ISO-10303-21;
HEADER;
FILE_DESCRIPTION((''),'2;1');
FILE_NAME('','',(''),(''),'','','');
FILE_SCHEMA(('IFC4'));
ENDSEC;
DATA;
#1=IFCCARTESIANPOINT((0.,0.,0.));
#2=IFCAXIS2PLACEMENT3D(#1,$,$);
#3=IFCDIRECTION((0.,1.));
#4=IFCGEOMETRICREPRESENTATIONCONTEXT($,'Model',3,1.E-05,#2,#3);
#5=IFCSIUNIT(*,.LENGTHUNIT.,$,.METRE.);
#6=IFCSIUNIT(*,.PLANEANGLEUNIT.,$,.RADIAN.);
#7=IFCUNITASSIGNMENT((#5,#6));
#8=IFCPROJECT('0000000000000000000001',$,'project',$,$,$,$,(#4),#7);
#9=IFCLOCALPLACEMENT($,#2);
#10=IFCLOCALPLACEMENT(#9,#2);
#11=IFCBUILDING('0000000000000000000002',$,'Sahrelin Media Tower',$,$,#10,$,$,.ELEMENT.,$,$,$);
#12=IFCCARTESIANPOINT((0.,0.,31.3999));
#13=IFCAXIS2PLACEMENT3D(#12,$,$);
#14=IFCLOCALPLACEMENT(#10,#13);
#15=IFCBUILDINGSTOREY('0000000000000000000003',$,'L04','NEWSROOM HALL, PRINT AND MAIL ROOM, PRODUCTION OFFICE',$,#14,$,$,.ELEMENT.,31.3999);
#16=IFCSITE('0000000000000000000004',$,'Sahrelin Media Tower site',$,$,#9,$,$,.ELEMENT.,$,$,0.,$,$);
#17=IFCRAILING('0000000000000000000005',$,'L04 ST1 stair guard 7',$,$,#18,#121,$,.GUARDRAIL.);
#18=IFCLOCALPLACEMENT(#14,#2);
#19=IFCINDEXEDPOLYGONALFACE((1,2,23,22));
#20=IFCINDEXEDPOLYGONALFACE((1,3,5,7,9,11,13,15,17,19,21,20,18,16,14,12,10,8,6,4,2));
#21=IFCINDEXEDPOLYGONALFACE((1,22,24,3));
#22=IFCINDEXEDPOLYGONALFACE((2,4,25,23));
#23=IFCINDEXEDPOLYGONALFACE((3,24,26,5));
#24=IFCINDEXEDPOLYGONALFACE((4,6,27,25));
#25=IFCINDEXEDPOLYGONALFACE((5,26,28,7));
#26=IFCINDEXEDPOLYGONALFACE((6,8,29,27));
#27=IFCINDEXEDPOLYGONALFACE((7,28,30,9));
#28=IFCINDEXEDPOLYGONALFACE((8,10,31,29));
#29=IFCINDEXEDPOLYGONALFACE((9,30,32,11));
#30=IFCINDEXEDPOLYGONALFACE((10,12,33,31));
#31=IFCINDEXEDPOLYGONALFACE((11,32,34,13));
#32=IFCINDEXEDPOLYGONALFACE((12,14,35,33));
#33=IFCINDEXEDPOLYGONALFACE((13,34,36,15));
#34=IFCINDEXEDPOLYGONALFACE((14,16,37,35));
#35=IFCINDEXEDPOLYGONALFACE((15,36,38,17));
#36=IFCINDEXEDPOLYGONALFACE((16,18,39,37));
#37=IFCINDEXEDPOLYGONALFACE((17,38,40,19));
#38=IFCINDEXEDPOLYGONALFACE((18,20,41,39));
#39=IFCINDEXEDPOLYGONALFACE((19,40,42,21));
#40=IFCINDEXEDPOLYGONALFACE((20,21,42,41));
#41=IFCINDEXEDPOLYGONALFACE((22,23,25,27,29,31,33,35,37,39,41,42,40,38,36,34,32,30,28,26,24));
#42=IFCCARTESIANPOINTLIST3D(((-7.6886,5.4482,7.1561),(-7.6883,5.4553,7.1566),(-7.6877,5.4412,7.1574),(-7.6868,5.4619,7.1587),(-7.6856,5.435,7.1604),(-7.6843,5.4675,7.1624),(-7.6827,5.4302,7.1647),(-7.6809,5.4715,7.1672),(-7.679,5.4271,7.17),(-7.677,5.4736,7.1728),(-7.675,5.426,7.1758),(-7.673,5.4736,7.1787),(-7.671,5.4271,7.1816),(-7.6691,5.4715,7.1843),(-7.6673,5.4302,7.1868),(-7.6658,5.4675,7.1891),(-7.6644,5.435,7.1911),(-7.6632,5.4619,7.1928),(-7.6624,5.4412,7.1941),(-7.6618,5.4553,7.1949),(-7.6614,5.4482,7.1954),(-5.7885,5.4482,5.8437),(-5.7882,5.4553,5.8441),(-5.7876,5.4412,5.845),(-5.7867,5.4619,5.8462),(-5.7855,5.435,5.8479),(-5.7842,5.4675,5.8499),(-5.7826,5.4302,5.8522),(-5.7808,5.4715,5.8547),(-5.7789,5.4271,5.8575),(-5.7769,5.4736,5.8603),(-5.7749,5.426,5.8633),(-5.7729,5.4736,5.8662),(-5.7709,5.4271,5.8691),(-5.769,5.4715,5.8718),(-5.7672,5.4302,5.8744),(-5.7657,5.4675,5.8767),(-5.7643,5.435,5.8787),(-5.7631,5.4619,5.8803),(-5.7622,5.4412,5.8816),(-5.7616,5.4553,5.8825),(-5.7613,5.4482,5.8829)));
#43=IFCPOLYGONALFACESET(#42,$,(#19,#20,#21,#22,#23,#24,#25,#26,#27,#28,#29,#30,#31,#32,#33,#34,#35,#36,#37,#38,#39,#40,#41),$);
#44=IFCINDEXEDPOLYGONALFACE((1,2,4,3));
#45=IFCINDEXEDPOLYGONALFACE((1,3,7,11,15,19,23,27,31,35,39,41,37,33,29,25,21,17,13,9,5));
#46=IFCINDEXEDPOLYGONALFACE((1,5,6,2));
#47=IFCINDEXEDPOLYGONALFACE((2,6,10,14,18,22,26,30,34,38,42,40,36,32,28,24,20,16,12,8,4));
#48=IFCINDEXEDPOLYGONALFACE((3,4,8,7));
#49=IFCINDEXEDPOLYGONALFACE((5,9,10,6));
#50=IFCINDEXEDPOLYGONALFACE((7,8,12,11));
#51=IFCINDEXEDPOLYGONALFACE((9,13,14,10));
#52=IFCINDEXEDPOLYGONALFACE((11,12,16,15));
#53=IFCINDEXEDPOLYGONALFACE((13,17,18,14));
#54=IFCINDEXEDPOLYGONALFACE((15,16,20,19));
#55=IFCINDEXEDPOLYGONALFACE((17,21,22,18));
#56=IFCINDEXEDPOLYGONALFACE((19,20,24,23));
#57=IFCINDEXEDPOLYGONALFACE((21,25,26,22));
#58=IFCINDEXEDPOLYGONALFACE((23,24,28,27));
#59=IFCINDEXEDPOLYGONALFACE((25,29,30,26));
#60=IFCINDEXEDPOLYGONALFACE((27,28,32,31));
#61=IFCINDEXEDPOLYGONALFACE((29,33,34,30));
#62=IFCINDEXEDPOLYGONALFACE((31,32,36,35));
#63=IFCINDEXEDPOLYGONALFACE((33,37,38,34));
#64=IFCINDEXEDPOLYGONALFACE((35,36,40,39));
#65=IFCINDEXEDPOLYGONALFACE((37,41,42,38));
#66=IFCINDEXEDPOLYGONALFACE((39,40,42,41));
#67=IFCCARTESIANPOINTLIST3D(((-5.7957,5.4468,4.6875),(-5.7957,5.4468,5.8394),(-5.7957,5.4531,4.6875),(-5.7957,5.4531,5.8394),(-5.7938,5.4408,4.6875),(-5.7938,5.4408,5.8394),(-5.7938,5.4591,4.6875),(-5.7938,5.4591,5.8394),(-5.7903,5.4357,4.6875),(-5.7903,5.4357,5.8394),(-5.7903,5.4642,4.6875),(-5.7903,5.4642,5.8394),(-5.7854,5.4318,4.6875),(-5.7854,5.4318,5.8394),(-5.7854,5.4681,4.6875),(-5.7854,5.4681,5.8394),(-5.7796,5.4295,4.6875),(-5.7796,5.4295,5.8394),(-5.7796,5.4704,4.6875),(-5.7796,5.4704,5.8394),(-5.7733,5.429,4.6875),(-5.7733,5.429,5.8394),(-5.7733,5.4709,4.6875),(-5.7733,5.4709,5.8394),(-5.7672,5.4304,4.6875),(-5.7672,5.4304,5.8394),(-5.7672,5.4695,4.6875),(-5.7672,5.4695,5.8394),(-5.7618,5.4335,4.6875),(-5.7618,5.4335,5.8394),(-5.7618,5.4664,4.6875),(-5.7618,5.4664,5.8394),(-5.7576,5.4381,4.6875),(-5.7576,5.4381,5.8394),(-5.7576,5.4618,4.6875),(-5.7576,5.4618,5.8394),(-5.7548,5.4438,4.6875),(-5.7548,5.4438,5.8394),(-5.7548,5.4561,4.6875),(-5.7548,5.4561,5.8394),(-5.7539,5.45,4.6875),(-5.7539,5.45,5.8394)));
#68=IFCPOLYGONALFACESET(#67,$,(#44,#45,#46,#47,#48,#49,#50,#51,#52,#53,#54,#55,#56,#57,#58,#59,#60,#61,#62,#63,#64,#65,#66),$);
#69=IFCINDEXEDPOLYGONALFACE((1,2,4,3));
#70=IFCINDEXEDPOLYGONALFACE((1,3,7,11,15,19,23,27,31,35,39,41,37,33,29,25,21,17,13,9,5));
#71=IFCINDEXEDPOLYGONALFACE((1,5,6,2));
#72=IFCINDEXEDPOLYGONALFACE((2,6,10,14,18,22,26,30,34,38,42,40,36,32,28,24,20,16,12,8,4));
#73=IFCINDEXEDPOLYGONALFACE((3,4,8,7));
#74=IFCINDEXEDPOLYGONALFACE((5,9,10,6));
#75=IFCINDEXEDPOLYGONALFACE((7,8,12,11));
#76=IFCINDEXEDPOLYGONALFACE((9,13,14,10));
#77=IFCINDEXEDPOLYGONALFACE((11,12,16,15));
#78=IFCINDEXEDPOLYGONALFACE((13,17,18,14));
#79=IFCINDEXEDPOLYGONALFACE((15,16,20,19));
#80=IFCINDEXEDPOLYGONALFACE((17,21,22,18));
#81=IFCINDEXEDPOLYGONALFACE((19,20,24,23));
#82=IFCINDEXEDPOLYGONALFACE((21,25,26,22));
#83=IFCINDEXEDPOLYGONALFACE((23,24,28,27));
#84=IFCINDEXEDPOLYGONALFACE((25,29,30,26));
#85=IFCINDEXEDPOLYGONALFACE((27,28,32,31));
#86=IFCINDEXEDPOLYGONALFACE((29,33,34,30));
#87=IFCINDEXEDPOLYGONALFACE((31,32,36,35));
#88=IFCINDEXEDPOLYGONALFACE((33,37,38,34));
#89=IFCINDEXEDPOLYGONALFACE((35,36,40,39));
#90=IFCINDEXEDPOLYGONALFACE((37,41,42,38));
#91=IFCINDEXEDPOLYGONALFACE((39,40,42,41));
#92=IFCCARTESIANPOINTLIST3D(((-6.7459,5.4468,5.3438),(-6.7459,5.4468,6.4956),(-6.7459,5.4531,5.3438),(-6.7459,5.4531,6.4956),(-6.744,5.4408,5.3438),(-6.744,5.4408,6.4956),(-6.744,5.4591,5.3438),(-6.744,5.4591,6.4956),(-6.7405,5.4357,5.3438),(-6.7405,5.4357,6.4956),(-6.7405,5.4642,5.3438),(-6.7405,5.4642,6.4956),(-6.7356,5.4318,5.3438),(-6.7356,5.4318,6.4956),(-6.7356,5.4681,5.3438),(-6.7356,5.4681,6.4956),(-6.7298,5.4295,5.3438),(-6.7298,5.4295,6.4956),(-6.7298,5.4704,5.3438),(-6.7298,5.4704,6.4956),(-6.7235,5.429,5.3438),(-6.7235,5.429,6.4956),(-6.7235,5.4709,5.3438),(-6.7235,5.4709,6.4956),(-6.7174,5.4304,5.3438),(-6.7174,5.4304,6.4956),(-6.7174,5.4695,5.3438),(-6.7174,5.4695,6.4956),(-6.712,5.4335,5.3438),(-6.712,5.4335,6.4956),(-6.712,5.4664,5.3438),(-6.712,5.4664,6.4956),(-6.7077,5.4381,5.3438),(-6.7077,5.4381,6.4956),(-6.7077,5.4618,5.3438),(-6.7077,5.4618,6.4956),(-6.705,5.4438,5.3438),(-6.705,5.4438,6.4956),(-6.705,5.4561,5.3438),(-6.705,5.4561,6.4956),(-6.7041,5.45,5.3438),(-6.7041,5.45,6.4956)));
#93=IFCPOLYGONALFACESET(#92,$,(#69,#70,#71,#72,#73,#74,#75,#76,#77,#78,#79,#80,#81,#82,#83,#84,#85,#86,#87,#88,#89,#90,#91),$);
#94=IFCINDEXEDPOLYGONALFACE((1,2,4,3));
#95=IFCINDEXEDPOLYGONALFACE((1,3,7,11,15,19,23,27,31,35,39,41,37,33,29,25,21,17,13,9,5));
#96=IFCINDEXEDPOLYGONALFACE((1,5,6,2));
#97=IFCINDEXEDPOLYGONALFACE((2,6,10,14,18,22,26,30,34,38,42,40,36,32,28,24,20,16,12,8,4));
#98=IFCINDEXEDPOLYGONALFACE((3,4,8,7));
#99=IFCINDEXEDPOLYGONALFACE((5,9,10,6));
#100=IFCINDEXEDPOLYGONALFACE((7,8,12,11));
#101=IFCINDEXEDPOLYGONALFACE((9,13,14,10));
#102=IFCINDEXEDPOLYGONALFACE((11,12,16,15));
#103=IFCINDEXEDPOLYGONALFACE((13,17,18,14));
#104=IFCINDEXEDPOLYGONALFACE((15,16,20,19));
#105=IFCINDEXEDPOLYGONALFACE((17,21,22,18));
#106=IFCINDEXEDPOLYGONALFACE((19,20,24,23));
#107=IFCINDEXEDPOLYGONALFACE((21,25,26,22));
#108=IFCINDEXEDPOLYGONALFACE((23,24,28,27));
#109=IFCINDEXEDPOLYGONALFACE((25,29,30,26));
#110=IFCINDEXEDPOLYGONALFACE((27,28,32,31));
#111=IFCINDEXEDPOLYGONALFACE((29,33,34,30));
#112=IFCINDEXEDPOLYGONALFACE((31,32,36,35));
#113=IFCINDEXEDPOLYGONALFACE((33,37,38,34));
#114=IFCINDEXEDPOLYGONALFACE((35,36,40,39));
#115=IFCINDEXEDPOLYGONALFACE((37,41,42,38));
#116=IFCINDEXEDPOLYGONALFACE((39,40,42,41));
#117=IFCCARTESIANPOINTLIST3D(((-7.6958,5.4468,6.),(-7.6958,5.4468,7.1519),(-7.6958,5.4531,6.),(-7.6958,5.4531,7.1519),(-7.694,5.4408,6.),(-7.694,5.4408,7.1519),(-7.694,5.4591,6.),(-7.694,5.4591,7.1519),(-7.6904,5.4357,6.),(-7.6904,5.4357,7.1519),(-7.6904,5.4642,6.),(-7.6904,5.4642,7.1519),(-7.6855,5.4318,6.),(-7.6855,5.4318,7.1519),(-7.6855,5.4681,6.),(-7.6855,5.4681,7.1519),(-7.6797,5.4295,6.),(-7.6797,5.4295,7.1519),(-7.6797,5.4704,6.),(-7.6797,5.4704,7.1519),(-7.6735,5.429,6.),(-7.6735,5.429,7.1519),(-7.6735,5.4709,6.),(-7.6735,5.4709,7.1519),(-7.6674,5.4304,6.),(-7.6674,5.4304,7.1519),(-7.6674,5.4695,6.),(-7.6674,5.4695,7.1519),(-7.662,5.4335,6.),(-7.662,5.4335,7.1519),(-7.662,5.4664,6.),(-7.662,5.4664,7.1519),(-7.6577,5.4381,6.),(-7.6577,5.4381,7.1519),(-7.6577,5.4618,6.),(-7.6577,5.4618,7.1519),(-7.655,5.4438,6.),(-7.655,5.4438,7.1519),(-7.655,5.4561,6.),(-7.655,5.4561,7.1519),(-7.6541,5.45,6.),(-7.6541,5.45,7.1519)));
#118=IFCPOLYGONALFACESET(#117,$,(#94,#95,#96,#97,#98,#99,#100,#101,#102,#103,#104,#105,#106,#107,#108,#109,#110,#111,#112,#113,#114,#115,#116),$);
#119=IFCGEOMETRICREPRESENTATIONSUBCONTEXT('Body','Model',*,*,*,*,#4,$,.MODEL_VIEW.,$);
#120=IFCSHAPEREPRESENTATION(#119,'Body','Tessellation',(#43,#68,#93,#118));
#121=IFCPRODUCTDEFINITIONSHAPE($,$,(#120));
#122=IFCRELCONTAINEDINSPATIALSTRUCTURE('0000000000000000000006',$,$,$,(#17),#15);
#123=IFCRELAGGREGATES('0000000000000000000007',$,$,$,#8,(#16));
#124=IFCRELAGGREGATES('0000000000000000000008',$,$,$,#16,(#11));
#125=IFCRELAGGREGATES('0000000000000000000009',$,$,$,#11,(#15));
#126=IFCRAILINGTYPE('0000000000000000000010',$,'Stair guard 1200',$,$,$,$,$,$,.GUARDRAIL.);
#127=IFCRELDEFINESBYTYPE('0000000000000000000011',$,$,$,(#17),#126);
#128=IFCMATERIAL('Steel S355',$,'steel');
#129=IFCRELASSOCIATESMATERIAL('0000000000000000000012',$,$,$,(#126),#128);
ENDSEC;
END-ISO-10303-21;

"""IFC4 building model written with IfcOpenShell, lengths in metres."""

from ifc_helpers import new_model, si_unit, direction, frame, origin, origin_2d, place, context, subcontext, project, spatial, circle, extrude, material, type_object, element, save


model = new_model("IFC4")

# Units and contexts
model_context = context("Model", 3, precision=1e-05, world=origin(), true_north=direction((0.0, 1.0)))
body_context = subcontext(model_context, "Body", "Model", "MODEL_VIEW")
ifc_project = project(units=[si_unit("LENGTHUNIT", "METRE"), si_unit("PLANEANGLEUNIT", "RADIAN")], contexts=[model_context])

# Site, building, storey
site_placement = place(None, origin())
site = spatial("IfcSite", under=ifc_project, at=site_placement, Name="Sahrelin Media Tower site", CompositionType="ELEMENT", RefElevation=0.0)
building_placement = place(site_placement, origin())
building = spatial("IfcBuilding", under=site, at=building_placement, Name="Sahrelin Media Tower", CompositionType="ELEMENT")
storey_placement = place(building_placement, frame((0.0, 0.0, 31.3999)))
storey = spatial("IfcBuildingStorey", under=building, at=storey_placement, Name="L04", Description="NEWSROOM HALL, PRINT AND MAIL ROOM, PRODUCTION OFFICE", CompositionType="ELEMENT", Elevation=31.3999)

# Shared definitions
ifc_material_1 = material(Name="Steel S355", Category="steel")

# Railing
railing_type_1 = type_object("IfcRailingType", Name="Stair guard 1200", PredefinedType="GUARDRAIL", material=ifc_material_1)
railing_1_placement = place(storey_placement, frame((-5.7749, 5.45, 4.6875)))
element("IfcRailing", 1, at=railing_1_placement, inside=storey, type_object=railing_type_1, Name="L04 ST1 stair guard 7", PredefinedType="GUARDRAIL", context=body_context, shape_type="SweptSolid", body=[
    extrude(circle(Radius=0.0239, at=origin_2d()), frame((0.0, 0.0, 1.1758), z_axis=(-0.822797, 0.0, 0.568336), x_axis=(0.0, -1.0, 0.0)), (0.0, 0.0, 1.0), 2.3093),
    extrude(circle(Radius=0.021, at=origin_2d()), origin(), (0.0, 0.0, 1.0), 1.1519),
    extrude(circle(Radius=0.021, at=origin_2d()), frame((-0.9502, 0.0, 0.6562)), (0.0, 0.0, 1.0), 1.1519),
    extrude(circle(Radius=0.021, at=origin_2d()), frame((-1.9001, 0.0, 1.3125)), (0.0, 0.0, 1.0), 1.1519),
])

save(model, "model.ifc")
